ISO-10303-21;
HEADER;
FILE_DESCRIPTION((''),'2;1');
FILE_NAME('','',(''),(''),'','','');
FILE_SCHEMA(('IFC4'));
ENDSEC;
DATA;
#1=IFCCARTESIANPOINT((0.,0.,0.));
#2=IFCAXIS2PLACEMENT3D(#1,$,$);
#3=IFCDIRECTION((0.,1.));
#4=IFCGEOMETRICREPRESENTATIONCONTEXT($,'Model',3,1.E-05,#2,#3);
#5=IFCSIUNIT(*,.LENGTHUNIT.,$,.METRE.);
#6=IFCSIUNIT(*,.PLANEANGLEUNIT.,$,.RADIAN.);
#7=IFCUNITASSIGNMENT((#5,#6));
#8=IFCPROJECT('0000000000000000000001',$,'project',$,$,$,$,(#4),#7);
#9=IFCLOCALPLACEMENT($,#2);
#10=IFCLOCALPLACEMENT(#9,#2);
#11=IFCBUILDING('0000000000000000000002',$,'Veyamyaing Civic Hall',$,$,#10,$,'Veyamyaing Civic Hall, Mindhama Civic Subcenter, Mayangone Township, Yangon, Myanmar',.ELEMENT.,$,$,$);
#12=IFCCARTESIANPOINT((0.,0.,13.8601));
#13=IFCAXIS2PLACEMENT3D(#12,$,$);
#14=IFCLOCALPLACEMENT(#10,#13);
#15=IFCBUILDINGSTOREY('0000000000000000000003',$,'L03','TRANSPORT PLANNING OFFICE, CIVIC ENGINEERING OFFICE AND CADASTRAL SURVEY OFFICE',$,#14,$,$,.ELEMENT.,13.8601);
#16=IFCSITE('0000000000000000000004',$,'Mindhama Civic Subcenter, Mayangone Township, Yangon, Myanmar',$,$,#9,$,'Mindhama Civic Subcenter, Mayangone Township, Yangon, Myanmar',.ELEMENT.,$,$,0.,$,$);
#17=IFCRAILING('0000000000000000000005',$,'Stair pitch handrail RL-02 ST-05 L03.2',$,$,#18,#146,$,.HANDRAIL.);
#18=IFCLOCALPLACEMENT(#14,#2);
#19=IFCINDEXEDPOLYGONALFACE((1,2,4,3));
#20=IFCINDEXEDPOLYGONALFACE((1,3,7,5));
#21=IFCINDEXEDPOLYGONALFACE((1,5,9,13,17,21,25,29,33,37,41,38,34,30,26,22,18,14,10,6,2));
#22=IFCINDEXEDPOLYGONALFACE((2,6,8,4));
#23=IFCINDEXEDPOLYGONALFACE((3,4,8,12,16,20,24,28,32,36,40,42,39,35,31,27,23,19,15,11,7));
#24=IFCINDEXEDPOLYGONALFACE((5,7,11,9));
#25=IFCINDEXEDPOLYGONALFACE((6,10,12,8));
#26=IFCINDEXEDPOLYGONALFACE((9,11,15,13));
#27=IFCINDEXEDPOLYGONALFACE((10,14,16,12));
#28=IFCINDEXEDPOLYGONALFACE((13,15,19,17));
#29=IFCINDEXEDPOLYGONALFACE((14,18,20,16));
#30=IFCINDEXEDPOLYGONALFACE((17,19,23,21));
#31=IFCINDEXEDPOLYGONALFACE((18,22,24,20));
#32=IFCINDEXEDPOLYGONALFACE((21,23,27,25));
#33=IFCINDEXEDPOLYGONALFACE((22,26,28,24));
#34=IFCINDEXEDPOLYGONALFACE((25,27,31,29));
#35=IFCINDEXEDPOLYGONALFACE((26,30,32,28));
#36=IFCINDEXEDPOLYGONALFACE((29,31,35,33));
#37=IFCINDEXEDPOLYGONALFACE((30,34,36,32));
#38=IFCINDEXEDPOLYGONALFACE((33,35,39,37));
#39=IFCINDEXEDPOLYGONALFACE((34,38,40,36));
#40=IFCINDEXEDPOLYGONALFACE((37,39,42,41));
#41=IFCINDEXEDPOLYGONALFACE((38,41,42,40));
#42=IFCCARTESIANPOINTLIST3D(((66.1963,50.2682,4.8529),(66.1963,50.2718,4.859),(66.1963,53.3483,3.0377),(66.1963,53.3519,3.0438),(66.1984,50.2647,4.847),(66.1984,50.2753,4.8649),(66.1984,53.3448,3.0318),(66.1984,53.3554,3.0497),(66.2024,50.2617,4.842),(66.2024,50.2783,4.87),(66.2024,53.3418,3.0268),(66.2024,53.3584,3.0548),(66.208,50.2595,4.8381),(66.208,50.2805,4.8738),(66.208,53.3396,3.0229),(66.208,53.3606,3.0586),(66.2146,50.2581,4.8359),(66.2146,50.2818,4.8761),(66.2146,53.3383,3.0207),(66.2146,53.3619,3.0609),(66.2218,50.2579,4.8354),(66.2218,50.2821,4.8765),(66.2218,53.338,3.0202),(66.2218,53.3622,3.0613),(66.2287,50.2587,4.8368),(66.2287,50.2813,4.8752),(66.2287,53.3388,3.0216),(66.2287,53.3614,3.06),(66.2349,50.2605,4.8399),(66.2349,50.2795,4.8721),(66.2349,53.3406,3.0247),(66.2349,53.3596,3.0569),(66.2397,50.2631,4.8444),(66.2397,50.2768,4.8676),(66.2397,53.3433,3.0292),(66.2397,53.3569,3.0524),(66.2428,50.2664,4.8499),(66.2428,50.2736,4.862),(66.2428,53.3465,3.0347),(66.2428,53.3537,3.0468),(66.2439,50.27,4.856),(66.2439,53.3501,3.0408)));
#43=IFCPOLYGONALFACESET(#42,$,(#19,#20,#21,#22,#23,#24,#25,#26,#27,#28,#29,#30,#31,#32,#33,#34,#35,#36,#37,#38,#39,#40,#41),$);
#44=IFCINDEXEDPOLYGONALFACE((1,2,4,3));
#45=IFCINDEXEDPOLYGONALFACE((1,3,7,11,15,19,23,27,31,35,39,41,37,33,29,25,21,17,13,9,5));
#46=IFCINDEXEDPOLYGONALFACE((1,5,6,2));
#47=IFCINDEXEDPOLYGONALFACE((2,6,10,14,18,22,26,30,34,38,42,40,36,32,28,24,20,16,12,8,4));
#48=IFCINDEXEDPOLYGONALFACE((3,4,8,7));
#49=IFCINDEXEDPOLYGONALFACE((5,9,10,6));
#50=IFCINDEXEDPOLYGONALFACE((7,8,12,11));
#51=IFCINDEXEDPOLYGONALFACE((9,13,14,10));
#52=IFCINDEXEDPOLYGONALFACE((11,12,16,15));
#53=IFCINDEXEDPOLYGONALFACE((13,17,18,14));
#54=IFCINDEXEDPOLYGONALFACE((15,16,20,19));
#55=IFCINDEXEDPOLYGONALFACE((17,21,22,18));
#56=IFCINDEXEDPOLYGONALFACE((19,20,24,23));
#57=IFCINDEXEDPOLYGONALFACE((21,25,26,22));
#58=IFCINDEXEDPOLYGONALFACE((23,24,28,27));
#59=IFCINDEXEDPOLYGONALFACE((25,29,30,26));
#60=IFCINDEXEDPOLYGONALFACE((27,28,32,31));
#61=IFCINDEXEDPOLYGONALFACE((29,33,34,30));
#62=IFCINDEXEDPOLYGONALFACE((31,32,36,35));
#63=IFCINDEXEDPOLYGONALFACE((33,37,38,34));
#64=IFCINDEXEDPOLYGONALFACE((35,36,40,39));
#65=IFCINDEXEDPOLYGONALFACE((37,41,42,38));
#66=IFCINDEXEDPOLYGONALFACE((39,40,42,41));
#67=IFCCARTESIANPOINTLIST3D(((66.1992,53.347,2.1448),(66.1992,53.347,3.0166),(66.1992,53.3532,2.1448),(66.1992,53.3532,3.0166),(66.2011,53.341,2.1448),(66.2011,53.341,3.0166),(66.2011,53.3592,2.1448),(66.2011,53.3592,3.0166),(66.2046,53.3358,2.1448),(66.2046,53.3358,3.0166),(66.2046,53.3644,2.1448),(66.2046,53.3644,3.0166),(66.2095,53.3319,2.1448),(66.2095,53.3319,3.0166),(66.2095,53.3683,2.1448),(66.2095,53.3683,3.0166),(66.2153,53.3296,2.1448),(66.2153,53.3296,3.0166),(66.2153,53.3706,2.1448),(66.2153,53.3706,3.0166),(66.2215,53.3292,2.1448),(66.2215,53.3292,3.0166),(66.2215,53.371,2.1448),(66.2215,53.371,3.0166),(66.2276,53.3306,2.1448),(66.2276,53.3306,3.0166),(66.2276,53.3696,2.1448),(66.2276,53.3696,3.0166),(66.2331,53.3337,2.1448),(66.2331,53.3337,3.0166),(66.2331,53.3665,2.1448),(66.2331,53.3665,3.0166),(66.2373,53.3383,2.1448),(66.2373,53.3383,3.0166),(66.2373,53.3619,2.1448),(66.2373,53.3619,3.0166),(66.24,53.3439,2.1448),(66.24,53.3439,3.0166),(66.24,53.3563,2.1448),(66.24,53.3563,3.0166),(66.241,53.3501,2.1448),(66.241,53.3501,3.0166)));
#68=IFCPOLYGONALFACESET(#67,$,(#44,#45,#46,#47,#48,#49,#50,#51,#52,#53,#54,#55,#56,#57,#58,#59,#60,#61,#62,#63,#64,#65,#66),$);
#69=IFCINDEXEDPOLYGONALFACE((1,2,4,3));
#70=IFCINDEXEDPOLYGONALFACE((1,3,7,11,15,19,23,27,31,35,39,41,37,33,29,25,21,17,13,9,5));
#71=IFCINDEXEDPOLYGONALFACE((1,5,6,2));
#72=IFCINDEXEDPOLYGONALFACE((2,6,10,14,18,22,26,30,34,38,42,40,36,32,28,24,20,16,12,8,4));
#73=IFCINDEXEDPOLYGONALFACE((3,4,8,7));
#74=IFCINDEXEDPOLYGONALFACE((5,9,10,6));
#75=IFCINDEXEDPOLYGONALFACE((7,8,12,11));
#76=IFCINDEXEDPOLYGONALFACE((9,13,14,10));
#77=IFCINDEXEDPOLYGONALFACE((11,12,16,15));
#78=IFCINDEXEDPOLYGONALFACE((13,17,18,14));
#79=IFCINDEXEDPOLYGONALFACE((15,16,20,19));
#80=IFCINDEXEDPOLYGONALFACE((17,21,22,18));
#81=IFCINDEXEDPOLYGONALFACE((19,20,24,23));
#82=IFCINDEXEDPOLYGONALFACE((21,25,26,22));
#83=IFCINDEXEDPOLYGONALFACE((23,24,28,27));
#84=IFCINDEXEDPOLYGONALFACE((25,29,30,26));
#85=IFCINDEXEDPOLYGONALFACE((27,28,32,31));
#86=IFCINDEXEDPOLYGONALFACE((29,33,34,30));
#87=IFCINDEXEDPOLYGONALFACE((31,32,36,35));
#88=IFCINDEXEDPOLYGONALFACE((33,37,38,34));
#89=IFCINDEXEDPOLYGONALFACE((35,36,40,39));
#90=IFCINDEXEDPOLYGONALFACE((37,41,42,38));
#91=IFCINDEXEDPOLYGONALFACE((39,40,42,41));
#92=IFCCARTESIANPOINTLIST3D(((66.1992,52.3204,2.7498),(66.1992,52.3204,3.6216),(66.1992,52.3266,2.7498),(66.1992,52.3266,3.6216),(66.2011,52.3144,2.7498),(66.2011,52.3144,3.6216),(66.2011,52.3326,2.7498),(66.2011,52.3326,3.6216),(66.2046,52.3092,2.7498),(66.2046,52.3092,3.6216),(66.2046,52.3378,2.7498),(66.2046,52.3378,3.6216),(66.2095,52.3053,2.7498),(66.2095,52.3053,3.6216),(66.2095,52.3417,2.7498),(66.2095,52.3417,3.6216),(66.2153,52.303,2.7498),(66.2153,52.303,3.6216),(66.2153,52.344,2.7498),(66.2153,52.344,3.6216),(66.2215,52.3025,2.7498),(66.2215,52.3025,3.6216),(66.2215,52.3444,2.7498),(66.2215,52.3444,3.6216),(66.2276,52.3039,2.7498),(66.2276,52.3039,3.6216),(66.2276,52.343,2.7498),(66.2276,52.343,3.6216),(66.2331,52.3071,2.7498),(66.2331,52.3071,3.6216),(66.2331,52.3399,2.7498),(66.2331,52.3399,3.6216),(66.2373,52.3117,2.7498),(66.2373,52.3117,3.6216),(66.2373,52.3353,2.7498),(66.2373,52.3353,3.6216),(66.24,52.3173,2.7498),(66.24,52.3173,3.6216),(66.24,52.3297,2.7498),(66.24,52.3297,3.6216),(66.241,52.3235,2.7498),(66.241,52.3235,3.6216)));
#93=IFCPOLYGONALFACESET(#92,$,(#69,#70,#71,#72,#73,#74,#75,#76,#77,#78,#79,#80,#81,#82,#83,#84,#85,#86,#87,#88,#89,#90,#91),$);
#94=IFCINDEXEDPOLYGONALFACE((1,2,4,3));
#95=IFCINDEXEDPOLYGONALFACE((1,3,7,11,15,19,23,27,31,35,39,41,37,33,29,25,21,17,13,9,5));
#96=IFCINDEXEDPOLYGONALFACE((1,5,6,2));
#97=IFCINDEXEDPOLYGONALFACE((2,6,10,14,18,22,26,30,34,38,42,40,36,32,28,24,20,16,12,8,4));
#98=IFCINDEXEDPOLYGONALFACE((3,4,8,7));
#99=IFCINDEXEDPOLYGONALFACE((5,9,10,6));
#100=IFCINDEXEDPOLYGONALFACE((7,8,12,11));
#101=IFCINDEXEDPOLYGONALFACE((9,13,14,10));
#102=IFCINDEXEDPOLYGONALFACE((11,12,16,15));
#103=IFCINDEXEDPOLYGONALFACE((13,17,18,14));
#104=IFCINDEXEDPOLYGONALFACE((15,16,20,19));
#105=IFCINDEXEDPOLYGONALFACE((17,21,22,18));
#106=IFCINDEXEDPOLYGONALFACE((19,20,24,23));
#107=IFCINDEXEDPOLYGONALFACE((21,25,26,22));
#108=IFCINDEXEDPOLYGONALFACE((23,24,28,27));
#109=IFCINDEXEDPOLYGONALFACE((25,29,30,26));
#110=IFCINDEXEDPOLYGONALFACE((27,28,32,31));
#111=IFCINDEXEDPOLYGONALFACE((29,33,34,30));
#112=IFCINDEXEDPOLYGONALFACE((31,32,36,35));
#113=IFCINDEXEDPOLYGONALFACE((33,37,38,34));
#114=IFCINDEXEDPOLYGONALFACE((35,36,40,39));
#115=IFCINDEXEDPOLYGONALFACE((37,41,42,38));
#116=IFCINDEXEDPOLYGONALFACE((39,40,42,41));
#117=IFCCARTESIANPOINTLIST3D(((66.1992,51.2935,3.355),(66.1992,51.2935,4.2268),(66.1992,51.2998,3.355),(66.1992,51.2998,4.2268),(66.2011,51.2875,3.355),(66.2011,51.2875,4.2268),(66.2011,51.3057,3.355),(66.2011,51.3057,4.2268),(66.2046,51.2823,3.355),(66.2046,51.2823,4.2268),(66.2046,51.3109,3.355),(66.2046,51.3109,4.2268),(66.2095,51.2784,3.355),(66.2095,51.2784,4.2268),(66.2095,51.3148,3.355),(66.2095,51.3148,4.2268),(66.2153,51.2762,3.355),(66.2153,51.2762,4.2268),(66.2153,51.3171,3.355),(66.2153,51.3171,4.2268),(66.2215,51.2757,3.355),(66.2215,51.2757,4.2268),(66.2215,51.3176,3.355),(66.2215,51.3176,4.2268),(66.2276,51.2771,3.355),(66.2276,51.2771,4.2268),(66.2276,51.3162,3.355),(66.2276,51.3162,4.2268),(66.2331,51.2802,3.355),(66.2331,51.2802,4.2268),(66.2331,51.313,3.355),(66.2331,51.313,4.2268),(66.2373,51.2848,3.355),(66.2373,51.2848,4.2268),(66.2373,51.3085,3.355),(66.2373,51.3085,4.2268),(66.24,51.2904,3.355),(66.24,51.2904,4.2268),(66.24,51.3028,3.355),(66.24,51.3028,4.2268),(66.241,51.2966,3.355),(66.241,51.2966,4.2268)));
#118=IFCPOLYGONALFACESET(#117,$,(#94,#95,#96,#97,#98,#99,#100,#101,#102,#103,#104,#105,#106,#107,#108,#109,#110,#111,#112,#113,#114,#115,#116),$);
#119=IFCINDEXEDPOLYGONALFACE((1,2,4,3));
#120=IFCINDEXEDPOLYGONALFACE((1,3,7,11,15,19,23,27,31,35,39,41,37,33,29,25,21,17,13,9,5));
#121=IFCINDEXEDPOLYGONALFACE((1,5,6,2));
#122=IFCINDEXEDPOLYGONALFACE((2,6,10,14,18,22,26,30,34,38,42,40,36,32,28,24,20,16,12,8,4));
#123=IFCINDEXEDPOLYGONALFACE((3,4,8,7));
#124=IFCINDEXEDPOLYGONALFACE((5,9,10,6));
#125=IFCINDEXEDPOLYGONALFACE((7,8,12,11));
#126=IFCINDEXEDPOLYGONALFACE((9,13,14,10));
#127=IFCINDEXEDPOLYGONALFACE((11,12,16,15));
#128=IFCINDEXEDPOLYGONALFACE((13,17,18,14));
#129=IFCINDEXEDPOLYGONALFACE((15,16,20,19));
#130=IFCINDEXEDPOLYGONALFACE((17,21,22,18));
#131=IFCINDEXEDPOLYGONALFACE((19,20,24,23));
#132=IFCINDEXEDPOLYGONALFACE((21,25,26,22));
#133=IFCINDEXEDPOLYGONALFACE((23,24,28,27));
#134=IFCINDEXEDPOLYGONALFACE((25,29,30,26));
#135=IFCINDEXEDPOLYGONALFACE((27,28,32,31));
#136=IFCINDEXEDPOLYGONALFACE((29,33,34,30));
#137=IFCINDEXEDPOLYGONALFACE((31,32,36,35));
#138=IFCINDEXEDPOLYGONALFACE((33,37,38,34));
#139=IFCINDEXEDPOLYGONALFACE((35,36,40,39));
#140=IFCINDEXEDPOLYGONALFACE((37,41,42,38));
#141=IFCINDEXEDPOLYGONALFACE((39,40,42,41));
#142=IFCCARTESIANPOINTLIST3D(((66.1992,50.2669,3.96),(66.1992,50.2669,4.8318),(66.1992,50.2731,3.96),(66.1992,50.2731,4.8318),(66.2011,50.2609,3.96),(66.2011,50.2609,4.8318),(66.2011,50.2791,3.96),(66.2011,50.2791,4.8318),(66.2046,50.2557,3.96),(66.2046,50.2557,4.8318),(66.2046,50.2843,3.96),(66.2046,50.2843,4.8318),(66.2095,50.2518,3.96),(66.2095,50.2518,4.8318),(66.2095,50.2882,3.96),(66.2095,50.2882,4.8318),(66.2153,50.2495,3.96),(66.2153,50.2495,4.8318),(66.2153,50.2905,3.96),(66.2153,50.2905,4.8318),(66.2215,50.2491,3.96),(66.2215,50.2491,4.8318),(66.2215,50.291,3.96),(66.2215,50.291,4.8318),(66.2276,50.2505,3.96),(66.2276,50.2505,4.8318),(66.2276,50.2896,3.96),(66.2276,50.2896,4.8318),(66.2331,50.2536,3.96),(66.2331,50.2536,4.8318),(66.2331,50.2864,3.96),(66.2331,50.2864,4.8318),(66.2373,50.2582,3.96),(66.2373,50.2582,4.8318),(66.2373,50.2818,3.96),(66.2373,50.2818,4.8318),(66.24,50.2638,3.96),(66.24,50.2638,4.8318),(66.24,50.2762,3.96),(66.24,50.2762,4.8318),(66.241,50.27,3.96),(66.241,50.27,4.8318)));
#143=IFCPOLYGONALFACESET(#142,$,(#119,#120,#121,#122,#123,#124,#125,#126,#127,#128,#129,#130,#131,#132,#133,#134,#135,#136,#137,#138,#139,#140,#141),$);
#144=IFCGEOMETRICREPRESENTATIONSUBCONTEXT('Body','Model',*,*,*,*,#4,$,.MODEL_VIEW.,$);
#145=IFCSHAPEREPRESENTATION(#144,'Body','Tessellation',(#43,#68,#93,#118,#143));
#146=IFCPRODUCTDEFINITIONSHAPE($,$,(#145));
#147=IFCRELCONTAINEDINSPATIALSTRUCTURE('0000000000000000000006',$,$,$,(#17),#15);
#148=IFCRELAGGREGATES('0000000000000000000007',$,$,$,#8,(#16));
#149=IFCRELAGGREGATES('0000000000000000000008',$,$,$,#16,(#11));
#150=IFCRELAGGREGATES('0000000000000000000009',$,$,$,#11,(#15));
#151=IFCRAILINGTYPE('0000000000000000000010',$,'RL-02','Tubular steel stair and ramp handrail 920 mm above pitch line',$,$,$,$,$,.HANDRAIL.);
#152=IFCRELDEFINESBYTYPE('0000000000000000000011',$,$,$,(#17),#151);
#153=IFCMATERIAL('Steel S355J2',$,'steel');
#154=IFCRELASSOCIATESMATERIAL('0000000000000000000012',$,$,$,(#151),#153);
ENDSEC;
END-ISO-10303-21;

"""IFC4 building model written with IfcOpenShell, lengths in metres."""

from ifc_helpers import new_model, si_unit, direction, frame, origin, origin_2d, place, context, subcontext, project, spatial, circle, extrude, material, type_object, element, save


model = new_model("IFC4")

# Units and contexts
model_context = context("Model", 3, precision=1e-05, world=origin(), true_north=direction((0.0, 1.0)))
body_context = subcontext(model_context, "Body", "Model", "MODEL_VIEW")
ifc_project = project(units=[si_unit("LENGTHUNIT", "METRE"), si_unit("PLANEANGLEUNIT", "RADIAN")], contexts=[model_context])

# Site, building, storey
site_placement = place(None, origin())
site = spatial("IfcSite", under=ifc_project, at=site_placement, Name="Mindhama Civic Subcenter, Mayangone Township, Yangon, Myanmar", LongName="Mindhama Civic Subcenter, Mayangone Township, Yangon, Myanmar", CompositionType="ELEMENT", RefElevation=0.0)
building_placement = place(site_placement, origin())
building = spatial("IfcBuilding", under=site, at=building_placement, Name="Veyamyaing Civic Hall", LongName="Veyamyaing Civic Hall, Mindhama Civic Subcenter, Mayangone Township, Yangon, Myanmar", CompositionType="ELEMENT")
storey_placement = place(building_placement, frame((0.0, 0.0, 13.8601)))
storey = spatial("IfcBuildingStorey", under=building, at=storey_placement, Name="L03", Description="TRANSPORT PLANNING OFFICE, CIVIC ENGINEERING OFFICE AND CADASTRAL SURVEY OFFICE", CompositionType="ELEMENT", Elevation=13.8601)

# Railing
ifc_material_1 = material(Name="Steel S355J2", Category="steel")
railing_type_1 = type_object("IfcRailingType", Name="RL-02", Description="Tubular steel stair and ramp handrail 920 mm above pitch line", PredefinedType="HANDRAIL", material=ifc_material_1)
railing_1_placement = place(storey_placement, frame((66.22, 53.3501, 2.1448)))
element("IfcRailing", 1, at=railing_1_placement, inside=storey, type_object=railing_type_1, Name="Stair pitch handrail RL-02 ST-05 L03.2", PredefinedType="HANDRAIL", context=body_context, shape_type="SweptSolid", body=[
    extrude(circle(Radius=0.0239, at=origin_2d()), frame((0.0, 0.0, 0.896), z_axis=(0.0, -0.861521, 0.507721), x_axis=(1.0, 0.0, 0.0)), (0.0, 0.0, 1.0), 3.5752),
    extrude(circle(Radius=0.021, at=origin_2d()), origin(), (0.0, 0.0, 1.0), 0.8718),
    extrude(circle(Radius=0.021, at=origin_2d()), frame((0.0, -1.0266, 0.605)), (0.0, 0.0, 1.0), 0.8718),
    extrude(circle(Radius=0.021, at=origin_2d()), frame((0.0, -2.0535, 1.2102)), (0.0, 0.0, 1.0), 0.8718),
    extrude(circle(Radius=0.021, at=origin_2d()), frame((0.0, -3.0801, 1.8152)), (0.0, 0.0, 1.0), 0.8718),
])

save(model, "model.ifc")
